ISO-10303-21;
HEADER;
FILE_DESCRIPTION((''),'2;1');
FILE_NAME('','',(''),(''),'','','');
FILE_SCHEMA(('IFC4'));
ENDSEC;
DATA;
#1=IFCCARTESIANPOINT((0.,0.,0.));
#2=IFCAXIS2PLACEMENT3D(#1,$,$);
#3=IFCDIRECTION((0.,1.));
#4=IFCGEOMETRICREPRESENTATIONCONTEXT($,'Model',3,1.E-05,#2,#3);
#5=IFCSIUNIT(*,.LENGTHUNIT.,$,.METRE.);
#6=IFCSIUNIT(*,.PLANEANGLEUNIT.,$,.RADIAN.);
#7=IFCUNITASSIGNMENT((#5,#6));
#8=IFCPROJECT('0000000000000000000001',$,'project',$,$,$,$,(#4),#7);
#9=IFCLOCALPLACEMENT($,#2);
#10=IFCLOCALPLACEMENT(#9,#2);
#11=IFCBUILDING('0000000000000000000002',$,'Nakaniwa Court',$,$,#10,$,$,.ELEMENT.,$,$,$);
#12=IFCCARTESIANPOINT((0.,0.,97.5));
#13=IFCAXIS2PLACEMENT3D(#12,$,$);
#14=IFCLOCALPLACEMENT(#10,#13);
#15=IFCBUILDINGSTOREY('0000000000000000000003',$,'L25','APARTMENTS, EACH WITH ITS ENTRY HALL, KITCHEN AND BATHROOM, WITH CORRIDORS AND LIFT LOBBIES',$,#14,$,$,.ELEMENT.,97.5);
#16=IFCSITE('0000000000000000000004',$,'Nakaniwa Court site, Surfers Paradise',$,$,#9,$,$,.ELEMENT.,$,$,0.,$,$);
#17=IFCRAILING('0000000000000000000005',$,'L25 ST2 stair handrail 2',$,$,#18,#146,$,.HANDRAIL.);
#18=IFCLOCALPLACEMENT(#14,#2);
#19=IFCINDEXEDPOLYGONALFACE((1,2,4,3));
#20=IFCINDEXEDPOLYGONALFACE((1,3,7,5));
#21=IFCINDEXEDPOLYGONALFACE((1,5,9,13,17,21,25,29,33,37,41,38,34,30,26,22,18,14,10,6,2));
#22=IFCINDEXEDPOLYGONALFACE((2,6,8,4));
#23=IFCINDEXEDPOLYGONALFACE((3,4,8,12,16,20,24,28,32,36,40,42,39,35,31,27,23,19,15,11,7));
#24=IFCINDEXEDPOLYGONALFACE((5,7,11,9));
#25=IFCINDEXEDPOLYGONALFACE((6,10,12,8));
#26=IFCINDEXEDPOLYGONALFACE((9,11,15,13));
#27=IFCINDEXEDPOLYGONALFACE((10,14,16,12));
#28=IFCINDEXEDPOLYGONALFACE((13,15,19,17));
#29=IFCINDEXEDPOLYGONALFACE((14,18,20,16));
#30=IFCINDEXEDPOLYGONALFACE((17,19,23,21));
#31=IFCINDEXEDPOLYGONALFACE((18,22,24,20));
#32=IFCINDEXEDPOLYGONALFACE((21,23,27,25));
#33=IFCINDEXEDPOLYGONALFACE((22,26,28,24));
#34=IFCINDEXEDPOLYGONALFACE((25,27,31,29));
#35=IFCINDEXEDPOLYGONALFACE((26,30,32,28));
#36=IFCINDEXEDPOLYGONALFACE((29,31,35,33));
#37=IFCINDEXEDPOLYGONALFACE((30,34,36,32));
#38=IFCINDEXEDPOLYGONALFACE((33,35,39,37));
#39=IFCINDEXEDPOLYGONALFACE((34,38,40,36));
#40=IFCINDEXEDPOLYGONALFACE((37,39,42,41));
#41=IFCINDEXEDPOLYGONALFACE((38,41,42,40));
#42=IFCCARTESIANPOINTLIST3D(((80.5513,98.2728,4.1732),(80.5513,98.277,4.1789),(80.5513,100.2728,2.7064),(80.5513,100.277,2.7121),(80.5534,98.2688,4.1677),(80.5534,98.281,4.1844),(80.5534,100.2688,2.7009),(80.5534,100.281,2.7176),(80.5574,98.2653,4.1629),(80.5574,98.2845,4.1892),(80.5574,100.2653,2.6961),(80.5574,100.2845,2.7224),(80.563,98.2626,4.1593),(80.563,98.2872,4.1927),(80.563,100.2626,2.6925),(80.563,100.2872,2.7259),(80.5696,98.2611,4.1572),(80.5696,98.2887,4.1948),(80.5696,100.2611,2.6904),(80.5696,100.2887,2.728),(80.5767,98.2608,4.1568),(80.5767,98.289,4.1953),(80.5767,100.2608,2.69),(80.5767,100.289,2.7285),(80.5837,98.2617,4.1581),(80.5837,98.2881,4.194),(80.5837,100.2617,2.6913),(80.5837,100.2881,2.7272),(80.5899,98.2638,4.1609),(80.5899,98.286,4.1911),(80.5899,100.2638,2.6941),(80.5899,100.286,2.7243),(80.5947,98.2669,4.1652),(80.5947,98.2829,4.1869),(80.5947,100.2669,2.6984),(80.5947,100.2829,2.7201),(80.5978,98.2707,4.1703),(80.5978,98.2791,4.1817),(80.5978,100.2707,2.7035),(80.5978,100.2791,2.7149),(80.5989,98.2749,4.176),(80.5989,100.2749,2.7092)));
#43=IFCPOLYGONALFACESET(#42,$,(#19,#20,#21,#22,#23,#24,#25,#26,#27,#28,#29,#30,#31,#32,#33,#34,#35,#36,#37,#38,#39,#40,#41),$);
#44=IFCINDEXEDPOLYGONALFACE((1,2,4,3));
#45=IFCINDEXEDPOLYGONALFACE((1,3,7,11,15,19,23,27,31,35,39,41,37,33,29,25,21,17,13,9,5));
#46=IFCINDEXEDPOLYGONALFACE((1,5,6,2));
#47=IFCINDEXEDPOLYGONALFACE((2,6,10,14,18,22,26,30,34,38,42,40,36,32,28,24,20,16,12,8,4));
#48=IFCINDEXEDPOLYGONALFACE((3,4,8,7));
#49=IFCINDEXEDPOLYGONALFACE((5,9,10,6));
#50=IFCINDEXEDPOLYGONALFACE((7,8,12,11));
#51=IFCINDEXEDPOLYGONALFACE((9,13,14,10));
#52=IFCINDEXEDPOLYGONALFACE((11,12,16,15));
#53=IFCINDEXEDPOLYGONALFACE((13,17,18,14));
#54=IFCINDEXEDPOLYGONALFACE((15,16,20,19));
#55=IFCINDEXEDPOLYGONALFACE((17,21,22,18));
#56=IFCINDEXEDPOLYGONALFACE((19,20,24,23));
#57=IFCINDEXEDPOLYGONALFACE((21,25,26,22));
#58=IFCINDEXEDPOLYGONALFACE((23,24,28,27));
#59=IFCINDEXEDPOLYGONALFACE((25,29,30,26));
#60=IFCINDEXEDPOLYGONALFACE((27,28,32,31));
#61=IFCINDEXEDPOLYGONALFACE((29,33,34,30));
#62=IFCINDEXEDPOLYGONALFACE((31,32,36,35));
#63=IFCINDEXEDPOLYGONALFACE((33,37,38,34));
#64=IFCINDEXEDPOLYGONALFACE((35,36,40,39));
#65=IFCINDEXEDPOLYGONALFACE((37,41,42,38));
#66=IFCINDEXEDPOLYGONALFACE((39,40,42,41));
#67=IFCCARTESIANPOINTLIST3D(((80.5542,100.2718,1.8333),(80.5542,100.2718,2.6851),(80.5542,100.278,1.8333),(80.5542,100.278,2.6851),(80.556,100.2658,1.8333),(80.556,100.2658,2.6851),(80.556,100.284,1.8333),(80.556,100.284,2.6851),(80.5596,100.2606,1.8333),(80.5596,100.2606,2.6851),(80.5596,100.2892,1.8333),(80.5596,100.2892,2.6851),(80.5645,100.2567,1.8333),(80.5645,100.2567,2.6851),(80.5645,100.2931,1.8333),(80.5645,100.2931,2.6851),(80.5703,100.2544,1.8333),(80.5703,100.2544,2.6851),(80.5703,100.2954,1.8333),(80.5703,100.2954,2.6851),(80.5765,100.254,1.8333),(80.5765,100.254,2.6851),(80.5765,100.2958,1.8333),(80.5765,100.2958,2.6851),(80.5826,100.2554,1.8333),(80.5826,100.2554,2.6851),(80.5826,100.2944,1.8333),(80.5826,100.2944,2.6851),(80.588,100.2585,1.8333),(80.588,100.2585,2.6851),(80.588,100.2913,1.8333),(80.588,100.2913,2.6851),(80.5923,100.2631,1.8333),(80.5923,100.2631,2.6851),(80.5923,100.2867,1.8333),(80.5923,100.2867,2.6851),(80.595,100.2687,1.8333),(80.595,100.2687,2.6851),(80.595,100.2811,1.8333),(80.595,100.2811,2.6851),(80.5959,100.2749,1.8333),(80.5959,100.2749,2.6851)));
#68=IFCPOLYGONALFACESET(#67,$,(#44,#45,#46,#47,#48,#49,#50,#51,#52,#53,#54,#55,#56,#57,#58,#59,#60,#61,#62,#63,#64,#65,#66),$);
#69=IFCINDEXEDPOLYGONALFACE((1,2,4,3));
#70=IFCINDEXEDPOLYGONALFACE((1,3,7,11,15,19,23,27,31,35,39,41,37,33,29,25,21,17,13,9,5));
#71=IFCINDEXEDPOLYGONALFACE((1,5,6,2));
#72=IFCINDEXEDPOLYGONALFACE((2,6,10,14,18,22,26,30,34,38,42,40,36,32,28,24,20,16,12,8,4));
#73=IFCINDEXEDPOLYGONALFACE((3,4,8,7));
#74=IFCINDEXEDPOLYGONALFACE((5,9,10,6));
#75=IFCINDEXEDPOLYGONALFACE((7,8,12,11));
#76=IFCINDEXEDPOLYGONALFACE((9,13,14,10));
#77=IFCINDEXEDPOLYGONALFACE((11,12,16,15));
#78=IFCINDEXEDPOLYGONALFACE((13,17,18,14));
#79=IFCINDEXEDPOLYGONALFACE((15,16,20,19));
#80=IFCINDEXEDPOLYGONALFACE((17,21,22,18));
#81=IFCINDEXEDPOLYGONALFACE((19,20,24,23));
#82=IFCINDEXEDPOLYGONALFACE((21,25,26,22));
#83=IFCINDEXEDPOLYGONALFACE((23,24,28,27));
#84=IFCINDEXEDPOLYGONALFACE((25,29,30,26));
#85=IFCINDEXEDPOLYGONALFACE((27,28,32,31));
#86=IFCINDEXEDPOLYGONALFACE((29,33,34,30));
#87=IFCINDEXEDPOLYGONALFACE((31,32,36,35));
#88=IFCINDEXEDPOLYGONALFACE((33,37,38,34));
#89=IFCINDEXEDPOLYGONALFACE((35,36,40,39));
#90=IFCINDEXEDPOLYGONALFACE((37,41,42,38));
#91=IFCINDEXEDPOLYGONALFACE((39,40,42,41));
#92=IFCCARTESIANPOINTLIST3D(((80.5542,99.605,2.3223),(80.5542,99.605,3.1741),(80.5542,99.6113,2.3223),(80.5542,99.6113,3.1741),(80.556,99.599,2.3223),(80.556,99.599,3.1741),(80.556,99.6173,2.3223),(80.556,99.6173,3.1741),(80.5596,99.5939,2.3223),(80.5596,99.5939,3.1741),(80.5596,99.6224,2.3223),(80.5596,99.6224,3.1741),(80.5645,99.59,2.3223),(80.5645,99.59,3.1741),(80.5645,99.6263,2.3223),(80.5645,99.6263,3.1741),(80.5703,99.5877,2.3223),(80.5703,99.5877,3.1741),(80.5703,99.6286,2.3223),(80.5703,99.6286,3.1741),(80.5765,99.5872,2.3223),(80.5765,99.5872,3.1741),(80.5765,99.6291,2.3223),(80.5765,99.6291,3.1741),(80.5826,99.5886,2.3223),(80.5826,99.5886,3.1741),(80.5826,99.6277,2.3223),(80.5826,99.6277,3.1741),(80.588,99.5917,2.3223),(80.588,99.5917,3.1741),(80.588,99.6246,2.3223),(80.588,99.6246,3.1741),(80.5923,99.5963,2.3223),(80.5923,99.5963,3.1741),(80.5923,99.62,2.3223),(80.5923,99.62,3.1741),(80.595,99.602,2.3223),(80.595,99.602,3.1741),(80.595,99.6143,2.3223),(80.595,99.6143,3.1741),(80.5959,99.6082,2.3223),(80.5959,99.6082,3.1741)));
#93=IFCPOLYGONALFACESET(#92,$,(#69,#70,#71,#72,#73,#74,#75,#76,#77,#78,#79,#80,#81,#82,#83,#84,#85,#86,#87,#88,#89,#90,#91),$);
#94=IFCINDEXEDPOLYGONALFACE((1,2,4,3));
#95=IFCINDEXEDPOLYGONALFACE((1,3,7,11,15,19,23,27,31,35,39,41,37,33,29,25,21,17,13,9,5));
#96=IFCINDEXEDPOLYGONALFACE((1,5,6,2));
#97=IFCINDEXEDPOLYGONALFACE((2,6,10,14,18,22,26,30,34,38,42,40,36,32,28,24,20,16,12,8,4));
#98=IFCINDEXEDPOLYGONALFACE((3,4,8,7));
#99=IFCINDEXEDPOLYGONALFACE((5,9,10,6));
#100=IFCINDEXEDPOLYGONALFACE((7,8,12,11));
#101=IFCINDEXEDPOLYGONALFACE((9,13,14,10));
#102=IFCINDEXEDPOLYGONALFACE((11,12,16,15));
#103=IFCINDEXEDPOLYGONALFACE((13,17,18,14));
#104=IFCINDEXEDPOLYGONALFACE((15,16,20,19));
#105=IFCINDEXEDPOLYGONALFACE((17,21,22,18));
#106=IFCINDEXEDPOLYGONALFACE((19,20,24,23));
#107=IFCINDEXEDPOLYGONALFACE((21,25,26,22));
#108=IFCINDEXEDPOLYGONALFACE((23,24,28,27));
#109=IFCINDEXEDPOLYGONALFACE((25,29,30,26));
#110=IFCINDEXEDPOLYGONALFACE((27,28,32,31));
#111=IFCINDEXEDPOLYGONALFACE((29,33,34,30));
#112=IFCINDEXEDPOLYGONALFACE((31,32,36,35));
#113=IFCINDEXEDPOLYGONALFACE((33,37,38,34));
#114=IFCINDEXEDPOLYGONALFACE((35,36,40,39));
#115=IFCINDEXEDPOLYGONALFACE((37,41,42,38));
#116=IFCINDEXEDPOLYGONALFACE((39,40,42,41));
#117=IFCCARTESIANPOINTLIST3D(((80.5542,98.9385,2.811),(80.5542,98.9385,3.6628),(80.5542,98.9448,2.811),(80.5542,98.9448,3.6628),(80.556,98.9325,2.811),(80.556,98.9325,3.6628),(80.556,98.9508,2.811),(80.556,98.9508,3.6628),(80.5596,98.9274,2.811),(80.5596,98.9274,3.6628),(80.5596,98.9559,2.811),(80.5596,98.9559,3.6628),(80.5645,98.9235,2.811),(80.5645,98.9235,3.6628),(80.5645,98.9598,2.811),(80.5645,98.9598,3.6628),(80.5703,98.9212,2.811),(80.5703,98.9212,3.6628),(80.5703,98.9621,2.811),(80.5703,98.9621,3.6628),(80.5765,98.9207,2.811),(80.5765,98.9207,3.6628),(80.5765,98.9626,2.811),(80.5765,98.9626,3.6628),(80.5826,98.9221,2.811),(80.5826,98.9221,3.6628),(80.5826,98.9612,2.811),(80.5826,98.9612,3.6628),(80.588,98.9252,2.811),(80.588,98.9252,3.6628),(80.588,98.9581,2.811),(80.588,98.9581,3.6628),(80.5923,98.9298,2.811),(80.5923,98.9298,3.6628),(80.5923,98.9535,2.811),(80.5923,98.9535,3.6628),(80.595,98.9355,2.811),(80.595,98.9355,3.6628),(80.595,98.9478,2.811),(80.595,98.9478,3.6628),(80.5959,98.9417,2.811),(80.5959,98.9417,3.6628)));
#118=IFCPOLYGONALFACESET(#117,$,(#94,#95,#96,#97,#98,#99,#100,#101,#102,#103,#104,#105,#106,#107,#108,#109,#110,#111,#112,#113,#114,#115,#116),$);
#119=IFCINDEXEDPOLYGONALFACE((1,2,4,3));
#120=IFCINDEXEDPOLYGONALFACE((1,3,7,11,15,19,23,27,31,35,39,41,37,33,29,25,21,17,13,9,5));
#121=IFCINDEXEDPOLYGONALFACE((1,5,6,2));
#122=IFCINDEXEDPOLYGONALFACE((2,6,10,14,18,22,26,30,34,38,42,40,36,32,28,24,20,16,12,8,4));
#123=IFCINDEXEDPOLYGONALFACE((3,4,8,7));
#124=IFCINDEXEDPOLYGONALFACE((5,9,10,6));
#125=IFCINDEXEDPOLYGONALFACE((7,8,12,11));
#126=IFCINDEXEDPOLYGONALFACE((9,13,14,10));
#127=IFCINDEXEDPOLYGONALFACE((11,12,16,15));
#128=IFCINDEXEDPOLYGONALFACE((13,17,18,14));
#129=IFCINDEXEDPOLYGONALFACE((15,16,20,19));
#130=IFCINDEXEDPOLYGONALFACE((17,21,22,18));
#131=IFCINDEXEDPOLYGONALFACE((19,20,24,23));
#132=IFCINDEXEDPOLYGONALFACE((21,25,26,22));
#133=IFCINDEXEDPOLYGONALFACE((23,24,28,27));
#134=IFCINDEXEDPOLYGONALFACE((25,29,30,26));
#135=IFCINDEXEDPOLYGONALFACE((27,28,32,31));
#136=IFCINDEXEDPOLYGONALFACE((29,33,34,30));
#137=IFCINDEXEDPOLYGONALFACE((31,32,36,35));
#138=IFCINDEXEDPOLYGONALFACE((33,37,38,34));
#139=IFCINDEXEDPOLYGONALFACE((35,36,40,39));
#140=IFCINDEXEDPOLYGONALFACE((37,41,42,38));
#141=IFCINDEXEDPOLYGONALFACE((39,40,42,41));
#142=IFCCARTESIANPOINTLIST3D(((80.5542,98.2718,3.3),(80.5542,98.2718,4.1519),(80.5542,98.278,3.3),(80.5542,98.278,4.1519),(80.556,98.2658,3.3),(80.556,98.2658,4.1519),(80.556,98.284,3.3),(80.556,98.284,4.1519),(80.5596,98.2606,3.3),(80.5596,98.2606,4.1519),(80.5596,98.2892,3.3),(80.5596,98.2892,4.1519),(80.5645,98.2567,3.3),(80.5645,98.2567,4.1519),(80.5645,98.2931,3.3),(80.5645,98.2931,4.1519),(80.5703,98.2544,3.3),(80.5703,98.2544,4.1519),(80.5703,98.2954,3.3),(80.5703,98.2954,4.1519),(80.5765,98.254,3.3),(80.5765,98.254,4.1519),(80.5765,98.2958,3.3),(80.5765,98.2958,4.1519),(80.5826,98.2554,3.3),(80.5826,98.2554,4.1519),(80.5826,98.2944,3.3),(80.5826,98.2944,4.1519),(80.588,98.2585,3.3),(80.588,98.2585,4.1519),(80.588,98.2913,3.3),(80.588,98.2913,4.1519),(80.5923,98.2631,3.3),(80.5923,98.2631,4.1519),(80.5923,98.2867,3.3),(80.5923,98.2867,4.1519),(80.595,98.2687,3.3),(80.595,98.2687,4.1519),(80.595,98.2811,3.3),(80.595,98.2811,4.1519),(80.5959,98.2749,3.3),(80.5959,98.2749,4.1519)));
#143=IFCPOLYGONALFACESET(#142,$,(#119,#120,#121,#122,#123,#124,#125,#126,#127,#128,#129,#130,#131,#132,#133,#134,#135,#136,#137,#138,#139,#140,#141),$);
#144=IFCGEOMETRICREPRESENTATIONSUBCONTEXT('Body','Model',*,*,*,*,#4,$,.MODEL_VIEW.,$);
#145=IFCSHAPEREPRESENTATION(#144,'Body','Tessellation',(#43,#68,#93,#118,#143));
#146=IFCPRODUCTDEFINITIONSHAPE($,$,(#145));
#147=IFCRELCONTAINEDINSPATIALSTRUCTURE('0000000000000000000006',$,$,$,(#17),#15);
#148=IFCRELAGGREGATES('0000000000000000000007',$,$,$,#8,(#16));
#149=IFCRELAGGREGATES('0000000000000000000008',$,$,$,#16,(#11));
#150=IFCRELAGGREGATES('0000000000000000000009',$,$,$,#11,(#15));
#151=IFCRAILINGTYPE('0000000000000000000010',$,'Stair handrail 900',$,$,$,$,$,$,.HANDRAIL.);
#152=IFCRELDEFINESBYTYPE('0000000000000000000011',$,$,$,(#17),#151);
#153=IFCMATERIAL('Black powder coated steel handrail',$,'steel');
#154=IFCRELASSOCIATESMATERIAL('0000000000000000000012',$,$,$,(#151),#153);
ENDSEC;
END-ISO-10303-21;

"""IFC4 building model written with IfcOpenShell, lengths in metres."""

from ifc_helpers import new_model, si_unit, direction, frame, origin, origin_2d, place, context, subcontext, project, spatial, circle, extrude, material, type_object, element, save


model = new_model("IFC4")

# Units and contexts
model_context = context("Model", 3, precision=1e-05, world=origin(), true_north=direction((0.0, 1.0)))
body_context = subcontext(model_context, "Body", "Model", "MODEL_VIEW")
ifc_project = project(units=[si_unit("LENGTHUNIT", "METRE"), si_unit("PLANEANGLEUNIT", "RADIAN")], contexts=[model_context])

# Site, building, storey
site_placement = place(None, origin())
site = spatial("IfcSite", under=ifc_project, at=site_placement, Name="Nakaniwa Court site, Surfers Paradise", CompositionType="ELEMENT", RefElevation=0.0)
building_placement = place(site_placement, origin())
building = spatial("IfcBuilding", under=site, at=building_placement, Name="Nakaniwa Court", CompositionType="ELEMENT")
storey_placement = place(building_placement, frame((0.0, 0.0, 97.5)))
storey = spatial("IfcBuildingStorey", under=building, at=storey_placement, Name="L25", Description="APARTMENTS, EACH WITH ITS ENTRY HALL, KITCHEN AND BATHROOM, WITH CORRIDORS AND LIFT LOBBIES", CompositionType="ELEMENT", Elevation=97.5)

# Railing
ifc_material_1 = material(Name="Black powder coated steel handrail", Category="steel")
railing_type_1 = type_object("IfcRailingType", Name="Stair handrail 900", PredefinedType="HANDRAIL", material=ifc_material_1)
railing_1_placement = place(storey_placement, frame((80.575, 100.2749, 1.8333)))
element("IfcRailing", 1, at=railing_1_placement, inside=storey, type_object=railing_type_1, Name="L25 ST2 stair handrail 2", PredefinedType="HANDRAIL", context=body_context, shape_type="SweptSolid", body=[
    extrude(circle(Radius=0.0239, at=origin_2d()), frame((0.0, 0.0, 0.876), z_axis=(0.0, -0.80638, 0.591398), x_axis=(1.0, 0.0, 0.0)), (0.0, 0.0, 1.0), 2.4802),
    extrude(circle(Radius=0.021, at=origin_2d()), origin(), (0.0, 0.0, 1.0), 0.8518),
    extrude(circle(Radius=0.021, at=origin_2d()), frame((0.0, -0.6667, 0.489)), (0.0, 0.0, 1.0), 0.8518),
    extrude(circle(Radius=0.021, at=origin_2d()), frame((0.0, -1.3333, 0.9778)), (0.0, 0.0, 1.0), 0.8518),
    extrude(circle(Radius=0.021, at=origin_2d()), frame((0.0, -2.0, 1.4668)), (0.0, 0.0, 1.0), 0.8518),
])

save(model, "model.ifc")
